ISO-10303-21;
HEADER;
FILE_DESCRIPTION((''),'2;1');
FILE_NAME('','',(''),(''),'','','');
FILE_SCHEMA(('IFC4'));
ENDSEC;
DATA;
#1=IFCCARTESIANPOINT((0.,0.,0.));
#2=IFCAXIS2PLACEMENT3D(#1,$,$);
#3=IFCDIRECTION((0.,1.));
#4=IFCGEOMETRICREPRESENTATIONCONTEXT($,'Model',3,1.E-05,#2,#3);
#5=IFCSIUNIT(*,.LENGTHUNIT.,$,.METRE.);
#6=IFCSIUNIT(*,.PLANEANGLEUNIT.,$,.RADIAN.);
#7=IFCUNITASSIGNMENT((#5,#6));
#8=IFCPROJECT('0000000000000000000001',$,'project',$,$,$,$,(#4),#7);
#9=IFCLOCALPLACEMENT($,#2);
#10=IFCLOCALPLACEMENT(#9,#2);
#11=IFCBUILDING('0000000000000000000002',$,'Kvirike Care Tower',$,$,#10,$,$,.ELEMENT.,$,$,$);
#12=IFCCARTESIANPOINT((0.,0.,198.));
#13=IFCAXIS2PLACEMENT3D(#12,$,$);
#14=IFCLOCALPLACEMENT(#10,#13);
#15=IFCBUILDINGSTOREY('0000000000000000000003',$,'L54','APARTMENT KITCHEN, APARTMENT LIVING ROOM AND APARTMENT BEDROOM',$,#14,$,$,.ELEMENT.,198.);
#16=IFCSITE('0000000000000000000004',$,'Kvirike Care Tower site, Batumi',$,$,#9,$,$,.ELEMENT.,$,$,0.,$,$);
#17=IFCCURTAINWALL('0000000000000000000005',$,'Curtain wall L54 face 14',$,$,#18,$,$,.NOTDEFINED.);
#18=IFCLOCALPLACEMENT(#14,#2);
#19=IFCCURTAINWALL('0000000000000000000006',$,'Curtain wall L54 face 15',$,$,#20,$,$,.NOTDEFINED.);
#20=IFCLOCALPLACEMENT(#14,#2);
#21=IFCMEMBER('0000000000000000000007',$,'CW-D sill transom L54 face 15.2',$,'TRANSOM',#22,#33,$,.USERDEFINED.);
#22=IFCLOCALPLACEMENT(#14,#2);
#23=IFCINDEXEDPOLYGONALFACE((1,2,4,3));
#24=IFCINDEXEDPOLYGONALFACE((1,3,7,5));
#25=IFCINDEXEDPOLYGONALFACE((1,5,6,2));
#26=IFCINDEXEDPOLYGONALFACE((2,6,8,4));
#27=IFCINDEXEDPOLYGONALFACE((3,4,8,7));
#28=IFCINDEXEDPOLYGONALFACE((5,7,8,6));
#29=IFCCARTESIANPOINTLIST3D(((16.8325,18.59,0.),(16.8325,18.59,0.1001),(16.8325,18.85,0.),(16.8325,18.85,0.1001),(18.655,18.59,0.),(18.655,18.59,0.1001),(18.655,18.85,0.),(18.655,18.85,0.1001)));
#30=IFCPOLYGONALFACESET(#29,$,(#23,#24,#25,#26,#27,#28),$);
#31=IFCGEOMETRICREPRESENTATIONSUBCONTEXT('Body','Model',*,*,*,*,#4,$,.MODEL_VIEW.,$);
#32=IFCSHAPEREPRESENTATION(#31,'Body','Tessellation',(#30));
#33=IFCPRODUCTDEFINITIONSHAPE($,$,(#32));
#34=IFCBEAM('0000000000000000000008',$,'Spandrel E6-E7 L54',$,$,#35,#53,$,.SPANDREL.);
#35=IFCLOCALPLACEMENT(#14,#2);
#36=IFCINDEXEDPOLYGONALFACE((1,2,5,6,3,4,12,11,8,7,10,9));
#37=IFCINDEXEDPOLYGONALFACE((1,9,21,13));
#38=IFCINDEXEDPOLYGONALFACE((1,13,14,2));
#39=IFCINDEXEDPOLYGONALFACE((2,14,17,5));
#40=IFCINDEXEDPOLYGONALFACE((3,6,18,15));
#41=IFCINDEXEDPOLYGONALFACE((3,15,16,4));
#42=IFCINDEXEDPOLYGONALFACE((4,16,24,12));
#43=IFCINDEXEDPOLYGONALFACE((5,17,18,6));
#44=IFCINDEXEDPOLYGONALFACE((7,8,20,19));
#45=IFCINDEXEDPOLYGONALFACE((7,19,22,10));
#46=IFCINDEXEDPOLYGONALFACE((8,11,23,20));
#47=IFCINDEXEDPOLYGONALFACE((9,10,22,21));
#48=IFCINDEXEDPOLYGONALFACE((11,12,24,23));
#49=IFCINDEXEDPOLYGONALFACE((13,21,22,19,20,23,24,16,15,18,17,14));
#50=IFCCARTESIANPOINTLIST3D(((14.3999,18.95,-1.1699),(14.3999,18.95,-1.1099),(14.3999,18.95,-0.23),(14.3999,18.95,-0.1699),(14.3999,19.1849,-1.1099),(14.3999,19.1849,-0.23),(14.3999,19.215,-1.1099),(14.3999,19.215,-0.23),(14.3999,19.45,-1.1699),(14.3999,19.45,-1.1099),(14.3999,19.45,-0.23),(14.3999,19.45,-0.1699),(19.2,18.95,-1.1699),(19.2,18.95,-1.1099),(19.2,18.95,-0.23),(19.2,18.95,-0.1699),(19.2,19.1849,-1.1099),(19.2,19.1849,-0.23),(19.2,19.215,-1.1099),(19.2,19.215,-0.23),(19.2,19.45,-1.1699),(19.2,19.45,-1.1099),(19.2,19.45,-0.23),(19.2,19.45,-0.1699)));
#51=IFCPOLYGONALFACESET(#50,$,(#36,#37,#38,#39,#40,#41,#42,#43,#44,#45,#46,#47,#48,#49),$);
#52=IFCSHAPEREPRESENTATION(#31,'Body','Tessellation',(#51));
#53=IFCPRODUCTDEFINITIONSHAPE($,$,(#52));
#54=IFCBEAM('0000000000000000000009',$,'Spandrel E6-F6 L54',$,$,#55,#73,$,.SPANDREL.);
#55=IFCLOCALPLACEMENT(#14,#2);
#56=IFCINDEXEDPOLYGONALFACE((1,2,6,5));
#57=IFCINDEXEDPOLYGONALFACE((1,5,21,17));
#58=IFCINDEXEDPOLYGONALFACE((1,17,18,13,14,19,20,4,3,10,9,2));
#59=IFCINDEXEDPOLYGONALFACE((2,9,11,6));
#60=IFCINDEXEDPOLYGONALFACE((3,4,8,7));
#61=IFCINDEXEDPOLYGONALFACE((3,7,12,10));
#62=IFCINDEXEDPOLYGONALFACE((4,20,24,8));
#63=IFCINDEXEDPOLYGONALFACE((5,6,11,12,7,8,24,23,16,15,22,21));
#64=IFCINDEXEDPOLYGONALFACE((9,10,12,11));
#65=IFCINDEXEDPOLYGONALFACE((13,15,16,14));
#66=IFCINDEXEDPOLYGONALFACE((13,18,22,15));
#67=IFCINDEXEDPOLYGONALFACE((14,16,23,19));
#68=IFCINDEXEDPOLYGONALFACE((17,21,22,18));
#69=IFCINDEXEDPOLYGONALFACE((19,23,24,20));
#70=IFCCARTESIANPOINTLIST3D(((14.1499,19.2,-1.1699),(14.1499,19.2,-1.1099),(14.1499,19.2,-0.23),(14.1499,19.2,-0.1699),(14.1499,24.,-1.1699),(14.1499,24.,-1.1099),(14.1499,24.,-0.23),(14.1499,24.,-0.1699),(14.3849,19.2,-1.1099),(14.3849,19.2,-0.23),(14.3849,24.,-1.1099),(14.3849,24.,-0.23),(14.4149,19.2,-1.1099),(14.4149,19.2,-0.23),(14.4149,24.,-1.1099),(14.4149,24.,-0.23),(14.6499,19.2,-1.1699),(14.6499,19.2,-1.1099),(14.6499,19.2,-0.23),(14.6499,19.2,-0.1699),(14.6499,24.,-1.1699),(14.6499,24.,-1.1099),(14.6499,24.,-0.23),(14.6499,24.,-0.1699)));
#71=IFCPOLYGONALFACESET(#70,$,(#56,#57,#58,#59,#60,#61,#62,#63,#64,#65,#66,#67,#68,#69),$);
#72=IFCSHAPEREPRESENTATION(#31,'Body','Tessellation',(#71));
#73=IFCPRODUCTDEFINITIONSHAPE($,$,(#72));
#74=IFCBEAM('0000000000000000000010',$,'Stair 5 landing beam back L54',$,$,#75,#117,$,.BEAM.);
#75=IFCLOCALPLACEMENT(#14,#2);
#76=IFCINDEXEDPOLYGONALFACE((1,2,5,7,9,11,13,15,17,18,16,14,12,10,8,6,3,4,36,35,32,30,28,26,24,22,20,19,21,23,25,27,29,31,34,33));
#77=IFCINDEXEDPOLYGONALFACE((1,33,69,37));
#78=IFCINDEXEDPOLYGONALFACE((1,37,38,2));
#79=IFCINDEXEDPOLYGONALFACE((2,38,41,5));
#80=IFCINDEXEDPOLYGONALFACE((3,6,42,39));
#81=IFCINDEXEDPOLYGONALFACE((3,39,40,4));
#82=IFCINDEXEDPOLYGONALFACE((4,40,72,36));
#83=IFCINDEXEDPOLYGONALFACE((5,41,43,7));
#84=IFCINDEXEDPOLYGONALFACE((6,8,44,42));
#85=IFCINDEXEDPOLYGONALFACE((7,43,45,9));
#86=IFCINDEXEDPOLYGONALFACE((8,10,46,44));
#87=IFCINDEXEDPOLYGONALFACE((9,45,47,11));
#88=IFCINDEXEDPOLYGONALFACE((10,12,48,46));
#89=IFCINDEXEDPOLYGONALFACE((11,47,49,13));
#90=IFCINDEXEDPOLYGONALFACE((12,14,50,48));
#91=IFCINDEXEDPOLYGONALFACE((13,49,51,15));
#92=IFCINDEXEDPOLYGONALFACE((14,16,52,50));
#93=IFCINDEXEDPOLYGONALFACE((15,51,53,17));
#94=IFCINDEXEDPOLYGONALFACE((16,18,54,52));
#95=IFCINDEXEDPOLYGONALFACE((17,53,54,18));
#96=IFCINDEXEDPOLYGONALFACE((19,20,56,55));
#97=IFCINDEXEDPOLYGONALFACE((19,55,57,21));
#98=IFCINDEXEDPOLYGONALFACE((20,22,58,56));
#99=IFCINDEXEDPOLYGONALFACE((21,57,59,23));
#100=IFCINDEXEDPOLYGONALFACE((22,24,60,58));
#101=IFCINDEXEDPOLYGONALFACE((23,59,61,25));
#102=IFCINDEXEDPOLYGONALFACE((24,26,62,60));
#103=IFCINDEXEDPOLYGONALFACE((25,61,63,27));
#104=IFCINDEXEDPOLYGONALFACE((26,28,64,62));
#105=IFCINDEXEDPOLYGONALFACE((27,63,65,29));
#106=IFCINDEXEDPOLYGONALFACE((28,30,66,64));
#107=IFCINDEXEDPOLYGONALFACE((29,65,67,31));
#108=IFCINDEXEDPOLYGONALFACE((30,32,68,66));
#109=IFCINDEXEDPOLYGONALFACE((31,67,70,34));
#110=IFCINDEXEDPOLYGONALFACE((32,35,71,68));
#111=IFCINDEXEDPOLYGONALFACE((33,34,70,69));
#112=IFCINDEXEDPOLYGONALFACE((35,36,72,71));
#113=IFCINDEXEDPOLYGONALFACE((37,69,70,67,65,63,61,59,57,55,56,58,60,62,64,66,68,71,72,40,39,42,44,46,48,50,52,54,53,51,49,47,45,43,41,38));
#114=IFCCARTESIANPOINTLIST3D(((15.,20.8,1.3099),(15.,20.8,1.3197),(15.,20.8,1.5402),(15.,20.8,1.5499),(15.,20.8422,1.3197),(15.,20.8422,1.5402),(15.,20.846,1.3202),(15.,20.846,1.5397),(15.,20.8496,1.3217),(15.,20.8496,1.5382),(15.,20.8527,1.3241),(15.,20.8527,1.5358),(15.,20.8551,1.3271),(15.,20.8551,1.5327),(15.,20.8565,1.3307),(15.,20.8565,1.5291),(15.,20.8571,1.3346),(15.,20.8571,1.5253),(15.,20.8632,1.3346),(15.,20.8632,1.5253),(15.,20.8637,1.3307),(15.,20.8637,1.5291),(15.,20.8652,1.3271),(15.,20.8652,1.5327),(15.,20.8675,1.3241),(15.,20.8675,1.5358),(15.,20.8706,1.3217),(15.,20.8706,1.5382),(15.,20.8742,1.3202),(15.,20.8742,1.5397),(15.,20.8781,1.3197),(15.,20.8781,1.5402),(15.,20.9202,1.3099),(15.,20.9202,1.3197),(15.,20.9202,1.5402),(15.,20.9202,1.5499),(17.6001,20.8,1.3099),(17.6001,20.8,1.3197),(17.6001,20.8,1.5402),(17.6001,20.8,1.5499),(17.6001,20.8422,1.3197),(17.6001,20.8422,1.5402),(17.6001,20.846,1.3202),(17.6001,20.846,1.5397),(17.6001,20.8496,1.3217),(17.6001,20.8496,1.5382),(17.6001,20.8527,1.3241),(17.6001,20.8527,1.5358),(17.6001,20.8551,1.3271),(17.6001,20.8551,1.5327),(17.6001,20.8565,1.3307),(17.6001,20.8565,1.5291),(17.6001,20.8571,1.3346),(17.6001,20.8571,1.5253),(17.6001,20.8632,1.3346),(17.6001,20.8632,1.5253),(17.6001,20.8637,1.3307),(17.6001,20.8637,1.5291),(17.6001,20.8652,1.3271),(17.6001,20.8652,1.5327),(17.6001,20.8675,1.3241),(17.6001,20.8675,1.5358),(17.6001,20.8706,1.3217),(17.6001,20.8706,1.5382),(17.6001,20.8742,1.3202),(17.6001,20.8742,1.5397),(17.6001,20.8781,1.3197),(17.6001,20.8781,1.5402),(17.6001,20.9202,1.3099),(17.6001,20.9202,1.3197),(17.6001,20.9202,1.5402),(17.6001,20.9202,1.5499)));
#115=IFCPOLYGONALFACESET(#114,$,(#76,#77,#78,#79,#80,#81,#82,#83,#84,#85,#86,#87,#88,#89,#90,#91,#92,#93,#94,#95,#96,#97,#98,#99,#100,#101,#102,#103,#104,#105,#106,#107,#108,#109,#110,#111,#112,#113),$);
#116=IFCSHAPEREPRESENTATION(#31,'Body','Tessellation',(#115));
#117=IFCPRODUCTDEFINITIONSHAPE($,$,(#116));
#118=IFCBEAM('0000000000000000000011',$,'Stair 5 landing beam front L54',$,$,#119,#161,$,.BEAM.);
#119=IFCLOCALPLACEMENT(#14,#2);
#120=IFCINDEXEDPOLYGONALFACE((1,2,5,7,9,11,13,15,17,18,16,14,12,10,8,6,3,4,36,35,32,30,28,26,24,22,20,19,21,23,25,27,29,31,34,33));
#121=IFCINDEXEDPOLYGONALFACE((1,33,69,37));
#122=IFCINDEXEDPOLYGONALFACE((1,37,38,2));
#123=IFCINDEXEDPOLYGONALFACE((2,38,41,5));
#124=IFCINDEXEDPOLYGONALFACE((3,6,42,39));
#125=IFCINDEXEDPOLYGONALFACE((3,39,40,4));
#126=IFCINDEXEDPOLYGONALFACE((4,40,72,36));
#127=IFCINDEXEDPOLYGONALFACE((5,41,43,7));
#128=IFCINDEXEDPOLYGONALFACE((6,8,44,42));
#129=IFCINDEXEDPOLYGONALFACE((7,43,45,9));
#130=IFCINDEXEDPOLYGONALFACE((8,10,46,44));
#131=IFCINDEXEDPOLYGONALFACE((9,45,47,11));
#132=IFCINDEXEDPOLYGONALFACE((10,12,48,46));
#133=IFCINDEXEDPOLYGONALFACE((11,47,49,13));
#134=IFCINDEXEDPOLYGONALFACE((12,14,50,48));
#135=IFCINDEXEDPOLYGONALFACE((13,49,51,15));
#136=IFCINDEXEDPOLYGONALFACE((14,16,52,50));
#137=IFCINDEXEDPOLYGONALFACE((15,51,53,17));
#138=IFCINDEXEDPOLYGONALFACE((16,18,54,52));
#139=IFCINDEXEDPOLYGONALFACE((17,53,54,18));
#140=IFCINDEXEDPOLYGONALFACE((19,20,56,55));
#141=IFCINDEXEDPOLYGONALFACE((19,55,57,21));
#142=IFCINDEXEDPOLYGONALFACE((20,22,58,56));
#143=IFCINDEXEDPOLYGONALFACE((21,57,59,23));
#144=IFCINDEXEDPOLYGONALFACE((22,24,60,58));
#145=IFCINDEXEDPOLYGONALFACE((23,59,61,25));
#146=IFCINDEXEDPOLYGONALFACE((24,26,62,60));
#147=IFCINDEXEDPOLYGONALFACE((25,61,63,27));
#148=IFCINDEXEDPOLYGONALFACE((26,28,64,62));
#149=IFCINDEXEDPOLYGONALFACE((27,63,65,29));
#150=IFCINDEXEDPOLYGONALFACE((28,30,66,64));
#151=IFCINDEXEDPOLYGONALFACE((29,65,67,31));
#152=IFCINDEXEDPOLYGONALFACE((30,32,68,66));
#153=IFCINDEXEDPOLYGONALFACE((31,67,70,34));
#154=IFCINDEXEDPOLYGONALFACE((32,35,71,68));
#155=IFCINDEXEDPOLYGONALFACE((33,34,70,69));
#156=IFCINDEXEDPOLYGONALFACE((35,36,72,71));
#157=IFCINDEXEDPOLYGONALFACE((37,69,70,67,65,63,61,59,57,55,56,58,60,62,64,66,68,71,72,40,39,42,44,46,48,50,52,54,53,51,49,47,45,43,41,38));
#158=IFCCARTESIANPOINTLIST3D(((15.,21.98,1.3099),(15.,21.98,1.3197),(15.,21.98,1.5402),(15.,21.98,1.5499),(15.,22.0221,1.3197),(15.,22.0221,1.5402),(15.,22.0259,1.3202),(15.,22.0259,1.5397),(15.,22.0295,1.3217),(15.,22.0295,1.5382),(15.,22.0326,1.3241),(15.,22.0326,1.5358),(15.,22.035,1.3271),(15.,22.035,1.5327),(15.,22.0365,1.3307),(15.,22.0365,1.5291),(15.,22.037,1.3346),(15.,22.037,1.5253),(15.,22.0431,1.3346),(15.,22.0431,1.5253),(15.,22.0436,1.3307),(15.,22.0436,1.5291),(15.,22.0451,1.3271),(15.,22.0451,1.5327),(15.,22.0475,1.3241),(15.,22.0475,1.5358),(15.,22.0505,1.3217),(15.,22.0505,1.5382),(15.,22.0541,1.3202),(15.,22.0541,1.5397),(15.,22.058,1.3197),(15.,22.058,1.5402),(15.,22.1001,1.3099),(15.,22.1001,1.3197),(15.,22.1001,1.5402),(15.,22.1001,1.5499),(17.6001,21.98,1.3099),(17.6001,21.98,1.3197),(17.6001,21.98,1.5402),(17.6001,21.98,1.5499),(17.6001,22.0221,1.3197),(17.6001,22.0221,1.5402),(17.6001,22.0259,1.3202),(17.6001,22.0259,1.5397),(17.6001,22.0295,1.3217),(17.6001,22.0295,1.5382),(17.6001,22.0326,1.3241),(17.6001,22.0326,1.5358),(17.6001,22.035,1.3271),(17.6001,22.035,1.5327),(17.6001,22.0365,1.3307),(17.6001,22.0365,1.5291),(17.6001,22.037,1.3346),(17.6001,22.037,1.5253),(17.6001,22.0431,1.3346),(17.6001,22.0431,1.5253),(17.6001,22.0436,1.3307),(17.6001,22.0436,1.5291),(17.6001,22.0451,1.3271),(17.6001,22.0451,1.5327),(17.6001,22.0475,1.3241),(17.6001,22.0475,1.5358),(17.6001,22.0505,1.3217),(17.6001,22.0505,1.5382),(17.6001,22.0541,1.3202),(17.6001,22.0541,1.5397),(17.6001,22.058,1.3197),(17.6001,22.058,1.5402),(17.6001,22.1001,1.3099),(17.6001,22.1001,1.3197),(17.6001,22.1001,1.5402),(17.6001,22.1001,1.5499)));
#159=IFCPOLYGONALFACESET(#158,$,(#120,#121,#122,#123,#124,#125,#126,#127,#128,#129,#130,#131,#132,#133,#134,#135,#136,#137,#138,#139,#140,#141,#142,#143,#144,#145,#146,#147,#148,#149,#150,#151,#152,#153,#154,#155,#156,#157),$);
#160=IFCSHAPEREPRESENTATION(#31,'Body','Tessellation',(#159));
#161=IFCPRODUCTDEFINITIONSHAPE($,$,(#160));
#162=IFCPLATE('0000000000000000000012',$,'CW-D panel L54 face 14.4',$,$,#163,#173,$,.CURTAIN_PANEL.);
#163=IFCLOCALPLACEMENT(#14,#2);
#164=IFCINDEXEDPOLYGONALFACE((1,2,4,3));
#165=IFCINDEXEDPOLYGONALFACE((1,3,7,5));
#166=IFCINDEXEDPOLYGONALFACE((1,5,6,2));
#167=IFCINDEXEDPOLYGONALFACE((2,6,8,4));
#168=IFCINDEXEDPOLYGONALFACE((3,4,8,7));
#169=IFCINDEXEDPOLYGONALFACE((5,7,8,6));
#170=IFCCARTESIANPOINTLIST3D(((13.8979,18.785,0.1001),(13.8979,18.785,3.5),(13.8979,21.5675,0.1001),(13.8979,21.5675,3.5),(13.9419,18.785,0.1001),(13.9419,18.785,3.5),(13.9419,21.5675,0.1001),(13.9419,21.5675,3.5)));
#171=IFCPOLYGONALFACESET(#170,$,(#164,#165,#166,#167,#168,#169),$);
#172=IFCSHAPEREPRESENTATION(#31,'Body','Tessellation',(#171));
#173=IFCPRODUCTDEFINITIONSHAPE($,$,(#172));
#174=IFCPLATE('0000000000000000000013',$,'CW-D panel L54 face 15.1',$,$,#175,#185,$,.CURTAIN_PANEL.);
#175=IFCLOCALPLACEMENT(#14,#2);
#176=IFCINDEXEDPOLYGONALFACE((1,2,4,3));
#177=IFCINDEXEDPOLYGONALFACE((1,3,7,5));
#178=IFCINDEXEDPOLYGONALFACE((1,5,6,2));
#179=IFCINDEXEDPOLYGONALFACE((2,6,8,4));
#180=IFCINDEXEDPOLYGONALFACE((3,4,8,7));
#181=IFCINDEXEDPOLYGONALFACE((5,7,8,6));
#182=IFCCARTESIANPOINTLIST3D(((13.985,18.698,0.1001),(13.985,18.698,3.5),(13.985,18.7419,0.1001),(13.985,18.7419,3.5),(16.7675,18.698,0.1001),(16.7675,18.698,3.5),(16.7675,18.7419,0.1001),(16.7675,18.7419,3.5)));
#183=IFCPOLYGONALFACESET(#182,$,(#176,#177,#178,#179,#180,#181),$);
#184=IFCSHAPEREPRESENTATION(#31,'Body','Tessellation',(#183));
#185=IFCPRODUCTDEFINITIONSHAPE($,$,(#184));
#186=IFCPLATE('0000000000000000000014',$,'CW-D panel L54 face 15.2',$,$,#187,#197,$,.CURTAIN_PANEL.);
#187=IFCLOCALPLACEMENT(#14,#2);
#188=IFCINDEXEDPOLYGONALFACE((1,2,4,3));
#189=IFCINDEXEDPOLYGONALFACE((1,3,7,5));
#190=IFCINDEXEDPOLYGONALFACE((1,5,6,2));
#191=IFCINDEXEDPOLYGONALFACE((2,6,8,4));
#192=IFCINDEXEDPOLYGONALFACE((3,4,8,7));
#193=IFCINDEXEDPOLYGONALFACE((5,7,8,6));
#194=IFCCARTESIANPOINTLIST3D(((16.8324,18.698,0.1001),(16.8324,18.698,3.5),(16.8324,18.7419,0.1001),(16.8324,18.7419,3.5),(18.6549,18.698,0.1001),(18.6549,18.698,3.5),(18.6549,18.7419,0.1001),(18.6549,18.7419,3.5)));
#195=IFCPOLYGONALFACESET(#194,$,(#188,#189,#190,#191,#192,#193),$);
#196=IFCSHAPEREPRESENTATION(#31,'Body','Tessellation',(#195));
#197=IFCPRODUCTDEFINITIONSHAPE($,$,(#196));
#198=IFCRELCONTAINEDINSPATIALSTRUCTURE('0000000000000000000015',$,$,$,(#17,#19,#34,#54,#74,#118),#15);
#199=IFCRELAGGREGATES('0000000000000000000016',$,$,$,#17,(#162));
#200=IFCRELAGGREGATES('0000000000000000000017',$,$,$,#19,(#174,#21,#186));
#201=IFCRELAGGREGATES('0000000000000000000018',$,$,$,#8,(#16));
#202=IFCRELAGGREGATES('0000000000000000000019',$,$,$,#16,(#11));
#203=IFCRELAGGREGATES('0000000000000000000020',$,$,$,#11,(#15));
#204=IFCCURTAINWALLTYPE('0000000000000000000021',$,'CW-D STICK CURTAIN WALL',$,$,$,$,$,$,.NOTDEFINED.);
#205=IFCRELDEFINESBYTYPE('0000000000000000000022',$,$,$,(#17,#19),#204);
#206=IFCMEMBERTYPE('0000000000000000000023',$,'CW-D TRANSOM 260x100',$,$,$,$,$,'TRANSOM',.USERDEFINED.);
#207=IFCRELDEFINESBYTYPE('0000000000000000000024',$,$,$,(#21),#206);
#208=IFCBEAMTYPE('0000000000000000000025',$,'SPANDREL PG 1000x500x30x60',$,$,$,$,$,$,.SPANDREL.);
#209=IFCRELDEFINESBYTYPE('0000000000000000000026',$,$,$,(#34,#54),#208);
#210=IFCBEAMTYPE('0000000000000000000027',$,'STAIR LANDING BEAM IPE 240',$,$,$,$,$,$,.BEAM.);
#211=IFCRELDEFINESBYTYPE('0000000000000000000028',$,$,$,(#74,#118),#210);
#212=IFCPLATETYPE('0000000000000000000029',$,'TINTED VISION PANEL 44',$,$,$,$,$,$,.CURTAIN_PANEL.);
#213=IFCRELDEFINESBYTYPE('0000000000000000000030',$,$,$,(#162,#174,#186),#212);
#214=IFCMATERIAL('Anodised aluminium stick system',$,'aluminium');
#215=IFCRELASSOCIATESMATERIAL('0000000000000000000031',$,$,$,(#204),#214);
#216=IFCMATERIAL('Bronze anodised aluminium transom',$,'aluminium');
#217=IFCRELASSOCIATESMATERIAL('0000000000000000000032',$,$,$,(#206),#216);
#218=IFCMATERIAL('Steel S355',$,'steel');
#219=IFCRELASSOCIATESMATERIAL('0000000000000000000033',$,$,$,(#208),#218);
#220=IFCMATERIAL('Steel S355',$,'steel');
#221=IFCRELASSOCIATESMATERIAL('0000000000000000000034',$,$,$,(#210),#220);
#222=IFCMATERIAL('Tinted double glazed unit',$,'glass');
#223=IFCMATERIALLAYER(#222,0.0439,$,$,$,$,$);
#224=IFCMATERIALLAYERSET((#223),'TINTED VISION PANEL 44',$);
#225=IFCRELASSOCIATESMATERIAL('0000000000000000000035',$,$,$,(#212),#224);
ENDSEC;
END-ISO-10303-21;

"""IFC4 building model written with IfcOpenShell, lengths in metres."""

from ifc_helpers import new_model, si_unit, direction, frame, origin, origin_2d, place, context, subcontext, project, spatial, rectangle, i_section, extrude, material, layer, layer_set, material_profile, profile_set, type_object, element, aggregate, save


model = new_model("IFC4")

# Units and contexts
model_context = context("Model", 3, precision=1e-05, world=origin(), true_north=direction((0.0, 1.0)))
body_context = subcontext(model_context, "Body", "Model", "MODEL_VIEW")
ifc_project = project(units=[si_unit("LENGTHUNIT", "METRE"), si_unit("PLANEANGLEUNIT", "RADIAN")], contexts=[model_context])

# Site, building, storey
site_placement = place(None, origin())
site = spatial("IfcSite", under=ifc_project, at=site_placement, Name="Kvirike Care Tower site, Batumi", CompositionType="ELEMENT", RefElevation=0.0)
building_placement = place(site_placement, origin())
building = spatial("IfcBuilding", under=site, at=building_placement, Name="Kvirike Care Tower", CompositionType="ELEMENT")
storey_placement = place(building_placement, frame((0.0, 0.0, 198.0)))
storey = spatial("IfcBuildingStorey", under=building, at=storey_placement, Name="L54", Description="APARTMENT KITCHEN, APARTMENT LIVING ROOM AND APARTMENT BEDROOM", CompositionType="ELEMENT", Elevation=198.0)

# Curtain walls
ifc_material_1 = material(Name="Anodised aluminium stick system", Category="aluminium")
curtain_wall_type = type_object("IfcCurtainWallType", Name="CW-D STICK CURTAIN WALL", PredefinedType="NOTDEFINED", material=ifc_material_1)
curtain_wall_1_placement = place(storey_placement, origin())
curtain_wall_1 = element("IfcCurtainWall", 1, at=curtain_wall_1_placement, inside=storey, type_object=curtain_wall_type, Name="Curtain wall L54 face 14", PredefinedType="NOTDEFINED")
curtain_wall_2_placement = place(storey_placement, origin())
curtain_wall_2 = element("IfcCurtainWall", 2, at=curtain_wall_2_placement, inside=storey, type_object=curtain_wall_type, Name="Curtain wall L54 face 15", PredefinedType="NOTDEFINED")

# Member
ifc_material_2 = material(Name="Bronze anodised aluminium transom", Category="aluminium")
ifc_material_profile_1 = material_profile(ifc_material_2, rectangle(XDim=0.26, YDim=0.1001, at=origin_2d()), Name="CW-D TRANSOM 260x100")
ifc_profile_set_1 = profile_set([ifc_material_profile_1], Name="Bronze anodised aluminium transom")
member_type_1 = type_object("IfcMemberType", Name="CW-D TRANSOM 260x100", ElementType="TRANSOM", PredefinedType="USERDEFINED", material=ifc_profile_set_1)
member_1_placement = place(storey_placement, frame((16.8325, 18.72, 0.05), z_axis=(1.0, 0.0, 0.0), x_axis=(0.0, 1.0, 0.0)))
member_1 = element("IfcMember", 3, at=member_1_placement, type_object=member_type_1, Name="CW-D sill transom L54 face 15.2", ObjectType="TRANSOM", PredefinedType="USERDEFINED", context=body_context, shape_type="SweptSolid", body=[
    extrude(rectangle(XDim=0.26, YDim=0.1001, at=origin_2d()), origin(), (0.0, 0.0, 1.0), 1.8225),
])

# Beams
ifc_material_3 = material(Name="Steel S355", Category="steel")
ifc_material_profile_2 = material_profile(ifc_material_3, i_section(OverallWidth=0.5, OverallDepth=1.0, WebThickness=0.03, FlangeThickness=0.0601, at=origin_2d()), Name="PG 1000x500x30x60")
ifc_profile_set_2 = profile_set([ifc_material_profile_2], Name="Steel S355")
beam_type_1 = type_object("IfcBeamType", Name="SPANDREL PG 1000x500x30x60", PredefinedType="SPANDREL", material=ifc_profile_set_2)
for number, where, z_axis, x_axis, name in (
    (4, (14.3999, 19.2, -0.6699), (1.0, 0.0, 0.0), (0.0, 1.0, 0.0), "Spandrel E6-E7 L54"),
    (5, (14.3999, 19.2, -0.6699), (0.0, 1.0, 0.0), (-1.0, 0.0, 0.0), "Spandrel E6-F6 L54"),
):
    element("IfcBeam", number, at=place(storey_placement, frame(where, z_axis=z_axis, x_axis=x_axis)), inside=storey, type_object=beam_type_1, Name=name, PredefinedType="SPANDREL", context=body_context, shape_type="SweptSolid", body=[
        extrude(i_section(OverallWidth=0.5, OverallDepth=1.0, WebThickness=0.03, FlangeThickness=0.0601, at=origin_2d()), origin(), (0.0, 0.0, 1.0), 4.8),
    ])
ifc_material_4 = material(Name="Steel S355", Category="steel")
ifc_material_profile_3 = material_profile(ifc_material_4, i_section(OverallWidth=0.1201, OverallDepth=0.24, WebThickness=0.0061, FlangeThickness=0.0098, FilletRadius=0.0149, at=origin_2d()), Name="IPE 240")
ifc_profile_set_3 = profile_set([ifc_material_profile_3], Name="Steel S355")
beam_type_2 = type_object("IfcBeamType", Name="STAIR LANDING BEAM IPE 240", PredefinedType="BEAM", material=ifc_profile_set_3)
for number, where, z_axis, x_axis, name in (
    (6, (15.0, 20.8601, 1.4299), (1.0, 0.0, 0.0), (0.0, 1.0, 0.0), "Stair 5 landing beam back L54"),
    (7, (15.0, 22.04, 1.4299), (1.0, 0.0, 0.0), (0.0, 1.0, 0.0), "Stair 5 landing beam front L54"),
):
    element("IfcBeam", number, at=place(storey_placement, frame(where, z_axis=z_axis, x_axis=x_axis)), inside=storey, type_object=beam_type_2, Name=name, PredefinedType="BEAM", context=body_context, shape_type="SweptSolid", body=[
        extrude(i_section(OverallWidth=0.1201, OverallDepth=0.24, WebThickness=0.0061, FlangeThickness=0.0098, FilletRadius=0.0149, at=origin_2d()), origin(), (0.0, 0.0, 1.0), 2.6001),
    ])

# Plates
ifc_material_5 = material(Name="Tinted double glazed unit", Category="glass")
ifc_layer_1 = layer(ifc_material_5, 0.0439)
ifc_layer_set_1 = layer_set([ifc_layer_1], Name="TINTED VISION PANEL 44")
plate_type = type_object("IfcPlateType", Name="TINTED VISION PANEL 44", PredefinedType="CURTAIN_PANEL", material=ifc_layer_set_1)
plate_1_placement = place(storey_placement, frame((13.9199, 20.1763, 0.1001), z_axis=(0.0, 0.0, 1.0), x_axis=(0.0, -1.0, 0.0)))
plate_1 = element("IfcPlate", 8, at=plate_1_placement, type_object=plate_type, Name="CW-D panel L54 face 14.4", PredefinedType="CURTAIN_PANEL", context=body_context, shape_type="SweptSolid", body=[
    extrude(rectangle(XDim=2.7825, YDim=0.0439, at=origin_2d()), origin(), (0.0, 0.0, 1.0), 3.3999),
])
aggregate(curtain_wall_1, [plate_1])
plate_2_placement = place(storey_placement, frame((15.3762, 18.72, 0.1001), z_axis=(0.0, 0.0, 1.0), x_axis=(1.0, 0.0, 0.0)))
plate_2 = element("IfcPlate", 9, at=plate_2_placement, type_object=plate_type, Name="CW-D panel L54 face 15.1", PredefinedType="CURTAIN_PANEL", context=body_context, shape_type="SweptSolid", body=[
    extrude(rectangle(XDim=2.7825, YDim=0.0439, at=origin_2d()), origin(), (0.0, 0.0, 1.0), 3.3999),
])
plate_3_placement = place(storey_placement, frame((17.7437, 18.72, 0.1001), z_axis=(0.0, 0.0, 1.0), x_axis=(1.0, 0.0, 0.0)))
plate_3 = element("IfcPlate", 10, at=plate_3_placement, type_object=plate_type, Name="CW-D panel L54 face 15.2", PredefinedType="CURTAIN_PANEL", context=body_context, shape_type="SweptSolid", body=[
    extrude(rectangle(XDim=1.8225, YDim=0.0439, at=origin_2d()), origin(), (0.0, 0.0, 1.0), 3.3999),
])
aggregate(curtain_wall_2, [plate_2, member_1, plate_3])

save(model, "model.ifc")
